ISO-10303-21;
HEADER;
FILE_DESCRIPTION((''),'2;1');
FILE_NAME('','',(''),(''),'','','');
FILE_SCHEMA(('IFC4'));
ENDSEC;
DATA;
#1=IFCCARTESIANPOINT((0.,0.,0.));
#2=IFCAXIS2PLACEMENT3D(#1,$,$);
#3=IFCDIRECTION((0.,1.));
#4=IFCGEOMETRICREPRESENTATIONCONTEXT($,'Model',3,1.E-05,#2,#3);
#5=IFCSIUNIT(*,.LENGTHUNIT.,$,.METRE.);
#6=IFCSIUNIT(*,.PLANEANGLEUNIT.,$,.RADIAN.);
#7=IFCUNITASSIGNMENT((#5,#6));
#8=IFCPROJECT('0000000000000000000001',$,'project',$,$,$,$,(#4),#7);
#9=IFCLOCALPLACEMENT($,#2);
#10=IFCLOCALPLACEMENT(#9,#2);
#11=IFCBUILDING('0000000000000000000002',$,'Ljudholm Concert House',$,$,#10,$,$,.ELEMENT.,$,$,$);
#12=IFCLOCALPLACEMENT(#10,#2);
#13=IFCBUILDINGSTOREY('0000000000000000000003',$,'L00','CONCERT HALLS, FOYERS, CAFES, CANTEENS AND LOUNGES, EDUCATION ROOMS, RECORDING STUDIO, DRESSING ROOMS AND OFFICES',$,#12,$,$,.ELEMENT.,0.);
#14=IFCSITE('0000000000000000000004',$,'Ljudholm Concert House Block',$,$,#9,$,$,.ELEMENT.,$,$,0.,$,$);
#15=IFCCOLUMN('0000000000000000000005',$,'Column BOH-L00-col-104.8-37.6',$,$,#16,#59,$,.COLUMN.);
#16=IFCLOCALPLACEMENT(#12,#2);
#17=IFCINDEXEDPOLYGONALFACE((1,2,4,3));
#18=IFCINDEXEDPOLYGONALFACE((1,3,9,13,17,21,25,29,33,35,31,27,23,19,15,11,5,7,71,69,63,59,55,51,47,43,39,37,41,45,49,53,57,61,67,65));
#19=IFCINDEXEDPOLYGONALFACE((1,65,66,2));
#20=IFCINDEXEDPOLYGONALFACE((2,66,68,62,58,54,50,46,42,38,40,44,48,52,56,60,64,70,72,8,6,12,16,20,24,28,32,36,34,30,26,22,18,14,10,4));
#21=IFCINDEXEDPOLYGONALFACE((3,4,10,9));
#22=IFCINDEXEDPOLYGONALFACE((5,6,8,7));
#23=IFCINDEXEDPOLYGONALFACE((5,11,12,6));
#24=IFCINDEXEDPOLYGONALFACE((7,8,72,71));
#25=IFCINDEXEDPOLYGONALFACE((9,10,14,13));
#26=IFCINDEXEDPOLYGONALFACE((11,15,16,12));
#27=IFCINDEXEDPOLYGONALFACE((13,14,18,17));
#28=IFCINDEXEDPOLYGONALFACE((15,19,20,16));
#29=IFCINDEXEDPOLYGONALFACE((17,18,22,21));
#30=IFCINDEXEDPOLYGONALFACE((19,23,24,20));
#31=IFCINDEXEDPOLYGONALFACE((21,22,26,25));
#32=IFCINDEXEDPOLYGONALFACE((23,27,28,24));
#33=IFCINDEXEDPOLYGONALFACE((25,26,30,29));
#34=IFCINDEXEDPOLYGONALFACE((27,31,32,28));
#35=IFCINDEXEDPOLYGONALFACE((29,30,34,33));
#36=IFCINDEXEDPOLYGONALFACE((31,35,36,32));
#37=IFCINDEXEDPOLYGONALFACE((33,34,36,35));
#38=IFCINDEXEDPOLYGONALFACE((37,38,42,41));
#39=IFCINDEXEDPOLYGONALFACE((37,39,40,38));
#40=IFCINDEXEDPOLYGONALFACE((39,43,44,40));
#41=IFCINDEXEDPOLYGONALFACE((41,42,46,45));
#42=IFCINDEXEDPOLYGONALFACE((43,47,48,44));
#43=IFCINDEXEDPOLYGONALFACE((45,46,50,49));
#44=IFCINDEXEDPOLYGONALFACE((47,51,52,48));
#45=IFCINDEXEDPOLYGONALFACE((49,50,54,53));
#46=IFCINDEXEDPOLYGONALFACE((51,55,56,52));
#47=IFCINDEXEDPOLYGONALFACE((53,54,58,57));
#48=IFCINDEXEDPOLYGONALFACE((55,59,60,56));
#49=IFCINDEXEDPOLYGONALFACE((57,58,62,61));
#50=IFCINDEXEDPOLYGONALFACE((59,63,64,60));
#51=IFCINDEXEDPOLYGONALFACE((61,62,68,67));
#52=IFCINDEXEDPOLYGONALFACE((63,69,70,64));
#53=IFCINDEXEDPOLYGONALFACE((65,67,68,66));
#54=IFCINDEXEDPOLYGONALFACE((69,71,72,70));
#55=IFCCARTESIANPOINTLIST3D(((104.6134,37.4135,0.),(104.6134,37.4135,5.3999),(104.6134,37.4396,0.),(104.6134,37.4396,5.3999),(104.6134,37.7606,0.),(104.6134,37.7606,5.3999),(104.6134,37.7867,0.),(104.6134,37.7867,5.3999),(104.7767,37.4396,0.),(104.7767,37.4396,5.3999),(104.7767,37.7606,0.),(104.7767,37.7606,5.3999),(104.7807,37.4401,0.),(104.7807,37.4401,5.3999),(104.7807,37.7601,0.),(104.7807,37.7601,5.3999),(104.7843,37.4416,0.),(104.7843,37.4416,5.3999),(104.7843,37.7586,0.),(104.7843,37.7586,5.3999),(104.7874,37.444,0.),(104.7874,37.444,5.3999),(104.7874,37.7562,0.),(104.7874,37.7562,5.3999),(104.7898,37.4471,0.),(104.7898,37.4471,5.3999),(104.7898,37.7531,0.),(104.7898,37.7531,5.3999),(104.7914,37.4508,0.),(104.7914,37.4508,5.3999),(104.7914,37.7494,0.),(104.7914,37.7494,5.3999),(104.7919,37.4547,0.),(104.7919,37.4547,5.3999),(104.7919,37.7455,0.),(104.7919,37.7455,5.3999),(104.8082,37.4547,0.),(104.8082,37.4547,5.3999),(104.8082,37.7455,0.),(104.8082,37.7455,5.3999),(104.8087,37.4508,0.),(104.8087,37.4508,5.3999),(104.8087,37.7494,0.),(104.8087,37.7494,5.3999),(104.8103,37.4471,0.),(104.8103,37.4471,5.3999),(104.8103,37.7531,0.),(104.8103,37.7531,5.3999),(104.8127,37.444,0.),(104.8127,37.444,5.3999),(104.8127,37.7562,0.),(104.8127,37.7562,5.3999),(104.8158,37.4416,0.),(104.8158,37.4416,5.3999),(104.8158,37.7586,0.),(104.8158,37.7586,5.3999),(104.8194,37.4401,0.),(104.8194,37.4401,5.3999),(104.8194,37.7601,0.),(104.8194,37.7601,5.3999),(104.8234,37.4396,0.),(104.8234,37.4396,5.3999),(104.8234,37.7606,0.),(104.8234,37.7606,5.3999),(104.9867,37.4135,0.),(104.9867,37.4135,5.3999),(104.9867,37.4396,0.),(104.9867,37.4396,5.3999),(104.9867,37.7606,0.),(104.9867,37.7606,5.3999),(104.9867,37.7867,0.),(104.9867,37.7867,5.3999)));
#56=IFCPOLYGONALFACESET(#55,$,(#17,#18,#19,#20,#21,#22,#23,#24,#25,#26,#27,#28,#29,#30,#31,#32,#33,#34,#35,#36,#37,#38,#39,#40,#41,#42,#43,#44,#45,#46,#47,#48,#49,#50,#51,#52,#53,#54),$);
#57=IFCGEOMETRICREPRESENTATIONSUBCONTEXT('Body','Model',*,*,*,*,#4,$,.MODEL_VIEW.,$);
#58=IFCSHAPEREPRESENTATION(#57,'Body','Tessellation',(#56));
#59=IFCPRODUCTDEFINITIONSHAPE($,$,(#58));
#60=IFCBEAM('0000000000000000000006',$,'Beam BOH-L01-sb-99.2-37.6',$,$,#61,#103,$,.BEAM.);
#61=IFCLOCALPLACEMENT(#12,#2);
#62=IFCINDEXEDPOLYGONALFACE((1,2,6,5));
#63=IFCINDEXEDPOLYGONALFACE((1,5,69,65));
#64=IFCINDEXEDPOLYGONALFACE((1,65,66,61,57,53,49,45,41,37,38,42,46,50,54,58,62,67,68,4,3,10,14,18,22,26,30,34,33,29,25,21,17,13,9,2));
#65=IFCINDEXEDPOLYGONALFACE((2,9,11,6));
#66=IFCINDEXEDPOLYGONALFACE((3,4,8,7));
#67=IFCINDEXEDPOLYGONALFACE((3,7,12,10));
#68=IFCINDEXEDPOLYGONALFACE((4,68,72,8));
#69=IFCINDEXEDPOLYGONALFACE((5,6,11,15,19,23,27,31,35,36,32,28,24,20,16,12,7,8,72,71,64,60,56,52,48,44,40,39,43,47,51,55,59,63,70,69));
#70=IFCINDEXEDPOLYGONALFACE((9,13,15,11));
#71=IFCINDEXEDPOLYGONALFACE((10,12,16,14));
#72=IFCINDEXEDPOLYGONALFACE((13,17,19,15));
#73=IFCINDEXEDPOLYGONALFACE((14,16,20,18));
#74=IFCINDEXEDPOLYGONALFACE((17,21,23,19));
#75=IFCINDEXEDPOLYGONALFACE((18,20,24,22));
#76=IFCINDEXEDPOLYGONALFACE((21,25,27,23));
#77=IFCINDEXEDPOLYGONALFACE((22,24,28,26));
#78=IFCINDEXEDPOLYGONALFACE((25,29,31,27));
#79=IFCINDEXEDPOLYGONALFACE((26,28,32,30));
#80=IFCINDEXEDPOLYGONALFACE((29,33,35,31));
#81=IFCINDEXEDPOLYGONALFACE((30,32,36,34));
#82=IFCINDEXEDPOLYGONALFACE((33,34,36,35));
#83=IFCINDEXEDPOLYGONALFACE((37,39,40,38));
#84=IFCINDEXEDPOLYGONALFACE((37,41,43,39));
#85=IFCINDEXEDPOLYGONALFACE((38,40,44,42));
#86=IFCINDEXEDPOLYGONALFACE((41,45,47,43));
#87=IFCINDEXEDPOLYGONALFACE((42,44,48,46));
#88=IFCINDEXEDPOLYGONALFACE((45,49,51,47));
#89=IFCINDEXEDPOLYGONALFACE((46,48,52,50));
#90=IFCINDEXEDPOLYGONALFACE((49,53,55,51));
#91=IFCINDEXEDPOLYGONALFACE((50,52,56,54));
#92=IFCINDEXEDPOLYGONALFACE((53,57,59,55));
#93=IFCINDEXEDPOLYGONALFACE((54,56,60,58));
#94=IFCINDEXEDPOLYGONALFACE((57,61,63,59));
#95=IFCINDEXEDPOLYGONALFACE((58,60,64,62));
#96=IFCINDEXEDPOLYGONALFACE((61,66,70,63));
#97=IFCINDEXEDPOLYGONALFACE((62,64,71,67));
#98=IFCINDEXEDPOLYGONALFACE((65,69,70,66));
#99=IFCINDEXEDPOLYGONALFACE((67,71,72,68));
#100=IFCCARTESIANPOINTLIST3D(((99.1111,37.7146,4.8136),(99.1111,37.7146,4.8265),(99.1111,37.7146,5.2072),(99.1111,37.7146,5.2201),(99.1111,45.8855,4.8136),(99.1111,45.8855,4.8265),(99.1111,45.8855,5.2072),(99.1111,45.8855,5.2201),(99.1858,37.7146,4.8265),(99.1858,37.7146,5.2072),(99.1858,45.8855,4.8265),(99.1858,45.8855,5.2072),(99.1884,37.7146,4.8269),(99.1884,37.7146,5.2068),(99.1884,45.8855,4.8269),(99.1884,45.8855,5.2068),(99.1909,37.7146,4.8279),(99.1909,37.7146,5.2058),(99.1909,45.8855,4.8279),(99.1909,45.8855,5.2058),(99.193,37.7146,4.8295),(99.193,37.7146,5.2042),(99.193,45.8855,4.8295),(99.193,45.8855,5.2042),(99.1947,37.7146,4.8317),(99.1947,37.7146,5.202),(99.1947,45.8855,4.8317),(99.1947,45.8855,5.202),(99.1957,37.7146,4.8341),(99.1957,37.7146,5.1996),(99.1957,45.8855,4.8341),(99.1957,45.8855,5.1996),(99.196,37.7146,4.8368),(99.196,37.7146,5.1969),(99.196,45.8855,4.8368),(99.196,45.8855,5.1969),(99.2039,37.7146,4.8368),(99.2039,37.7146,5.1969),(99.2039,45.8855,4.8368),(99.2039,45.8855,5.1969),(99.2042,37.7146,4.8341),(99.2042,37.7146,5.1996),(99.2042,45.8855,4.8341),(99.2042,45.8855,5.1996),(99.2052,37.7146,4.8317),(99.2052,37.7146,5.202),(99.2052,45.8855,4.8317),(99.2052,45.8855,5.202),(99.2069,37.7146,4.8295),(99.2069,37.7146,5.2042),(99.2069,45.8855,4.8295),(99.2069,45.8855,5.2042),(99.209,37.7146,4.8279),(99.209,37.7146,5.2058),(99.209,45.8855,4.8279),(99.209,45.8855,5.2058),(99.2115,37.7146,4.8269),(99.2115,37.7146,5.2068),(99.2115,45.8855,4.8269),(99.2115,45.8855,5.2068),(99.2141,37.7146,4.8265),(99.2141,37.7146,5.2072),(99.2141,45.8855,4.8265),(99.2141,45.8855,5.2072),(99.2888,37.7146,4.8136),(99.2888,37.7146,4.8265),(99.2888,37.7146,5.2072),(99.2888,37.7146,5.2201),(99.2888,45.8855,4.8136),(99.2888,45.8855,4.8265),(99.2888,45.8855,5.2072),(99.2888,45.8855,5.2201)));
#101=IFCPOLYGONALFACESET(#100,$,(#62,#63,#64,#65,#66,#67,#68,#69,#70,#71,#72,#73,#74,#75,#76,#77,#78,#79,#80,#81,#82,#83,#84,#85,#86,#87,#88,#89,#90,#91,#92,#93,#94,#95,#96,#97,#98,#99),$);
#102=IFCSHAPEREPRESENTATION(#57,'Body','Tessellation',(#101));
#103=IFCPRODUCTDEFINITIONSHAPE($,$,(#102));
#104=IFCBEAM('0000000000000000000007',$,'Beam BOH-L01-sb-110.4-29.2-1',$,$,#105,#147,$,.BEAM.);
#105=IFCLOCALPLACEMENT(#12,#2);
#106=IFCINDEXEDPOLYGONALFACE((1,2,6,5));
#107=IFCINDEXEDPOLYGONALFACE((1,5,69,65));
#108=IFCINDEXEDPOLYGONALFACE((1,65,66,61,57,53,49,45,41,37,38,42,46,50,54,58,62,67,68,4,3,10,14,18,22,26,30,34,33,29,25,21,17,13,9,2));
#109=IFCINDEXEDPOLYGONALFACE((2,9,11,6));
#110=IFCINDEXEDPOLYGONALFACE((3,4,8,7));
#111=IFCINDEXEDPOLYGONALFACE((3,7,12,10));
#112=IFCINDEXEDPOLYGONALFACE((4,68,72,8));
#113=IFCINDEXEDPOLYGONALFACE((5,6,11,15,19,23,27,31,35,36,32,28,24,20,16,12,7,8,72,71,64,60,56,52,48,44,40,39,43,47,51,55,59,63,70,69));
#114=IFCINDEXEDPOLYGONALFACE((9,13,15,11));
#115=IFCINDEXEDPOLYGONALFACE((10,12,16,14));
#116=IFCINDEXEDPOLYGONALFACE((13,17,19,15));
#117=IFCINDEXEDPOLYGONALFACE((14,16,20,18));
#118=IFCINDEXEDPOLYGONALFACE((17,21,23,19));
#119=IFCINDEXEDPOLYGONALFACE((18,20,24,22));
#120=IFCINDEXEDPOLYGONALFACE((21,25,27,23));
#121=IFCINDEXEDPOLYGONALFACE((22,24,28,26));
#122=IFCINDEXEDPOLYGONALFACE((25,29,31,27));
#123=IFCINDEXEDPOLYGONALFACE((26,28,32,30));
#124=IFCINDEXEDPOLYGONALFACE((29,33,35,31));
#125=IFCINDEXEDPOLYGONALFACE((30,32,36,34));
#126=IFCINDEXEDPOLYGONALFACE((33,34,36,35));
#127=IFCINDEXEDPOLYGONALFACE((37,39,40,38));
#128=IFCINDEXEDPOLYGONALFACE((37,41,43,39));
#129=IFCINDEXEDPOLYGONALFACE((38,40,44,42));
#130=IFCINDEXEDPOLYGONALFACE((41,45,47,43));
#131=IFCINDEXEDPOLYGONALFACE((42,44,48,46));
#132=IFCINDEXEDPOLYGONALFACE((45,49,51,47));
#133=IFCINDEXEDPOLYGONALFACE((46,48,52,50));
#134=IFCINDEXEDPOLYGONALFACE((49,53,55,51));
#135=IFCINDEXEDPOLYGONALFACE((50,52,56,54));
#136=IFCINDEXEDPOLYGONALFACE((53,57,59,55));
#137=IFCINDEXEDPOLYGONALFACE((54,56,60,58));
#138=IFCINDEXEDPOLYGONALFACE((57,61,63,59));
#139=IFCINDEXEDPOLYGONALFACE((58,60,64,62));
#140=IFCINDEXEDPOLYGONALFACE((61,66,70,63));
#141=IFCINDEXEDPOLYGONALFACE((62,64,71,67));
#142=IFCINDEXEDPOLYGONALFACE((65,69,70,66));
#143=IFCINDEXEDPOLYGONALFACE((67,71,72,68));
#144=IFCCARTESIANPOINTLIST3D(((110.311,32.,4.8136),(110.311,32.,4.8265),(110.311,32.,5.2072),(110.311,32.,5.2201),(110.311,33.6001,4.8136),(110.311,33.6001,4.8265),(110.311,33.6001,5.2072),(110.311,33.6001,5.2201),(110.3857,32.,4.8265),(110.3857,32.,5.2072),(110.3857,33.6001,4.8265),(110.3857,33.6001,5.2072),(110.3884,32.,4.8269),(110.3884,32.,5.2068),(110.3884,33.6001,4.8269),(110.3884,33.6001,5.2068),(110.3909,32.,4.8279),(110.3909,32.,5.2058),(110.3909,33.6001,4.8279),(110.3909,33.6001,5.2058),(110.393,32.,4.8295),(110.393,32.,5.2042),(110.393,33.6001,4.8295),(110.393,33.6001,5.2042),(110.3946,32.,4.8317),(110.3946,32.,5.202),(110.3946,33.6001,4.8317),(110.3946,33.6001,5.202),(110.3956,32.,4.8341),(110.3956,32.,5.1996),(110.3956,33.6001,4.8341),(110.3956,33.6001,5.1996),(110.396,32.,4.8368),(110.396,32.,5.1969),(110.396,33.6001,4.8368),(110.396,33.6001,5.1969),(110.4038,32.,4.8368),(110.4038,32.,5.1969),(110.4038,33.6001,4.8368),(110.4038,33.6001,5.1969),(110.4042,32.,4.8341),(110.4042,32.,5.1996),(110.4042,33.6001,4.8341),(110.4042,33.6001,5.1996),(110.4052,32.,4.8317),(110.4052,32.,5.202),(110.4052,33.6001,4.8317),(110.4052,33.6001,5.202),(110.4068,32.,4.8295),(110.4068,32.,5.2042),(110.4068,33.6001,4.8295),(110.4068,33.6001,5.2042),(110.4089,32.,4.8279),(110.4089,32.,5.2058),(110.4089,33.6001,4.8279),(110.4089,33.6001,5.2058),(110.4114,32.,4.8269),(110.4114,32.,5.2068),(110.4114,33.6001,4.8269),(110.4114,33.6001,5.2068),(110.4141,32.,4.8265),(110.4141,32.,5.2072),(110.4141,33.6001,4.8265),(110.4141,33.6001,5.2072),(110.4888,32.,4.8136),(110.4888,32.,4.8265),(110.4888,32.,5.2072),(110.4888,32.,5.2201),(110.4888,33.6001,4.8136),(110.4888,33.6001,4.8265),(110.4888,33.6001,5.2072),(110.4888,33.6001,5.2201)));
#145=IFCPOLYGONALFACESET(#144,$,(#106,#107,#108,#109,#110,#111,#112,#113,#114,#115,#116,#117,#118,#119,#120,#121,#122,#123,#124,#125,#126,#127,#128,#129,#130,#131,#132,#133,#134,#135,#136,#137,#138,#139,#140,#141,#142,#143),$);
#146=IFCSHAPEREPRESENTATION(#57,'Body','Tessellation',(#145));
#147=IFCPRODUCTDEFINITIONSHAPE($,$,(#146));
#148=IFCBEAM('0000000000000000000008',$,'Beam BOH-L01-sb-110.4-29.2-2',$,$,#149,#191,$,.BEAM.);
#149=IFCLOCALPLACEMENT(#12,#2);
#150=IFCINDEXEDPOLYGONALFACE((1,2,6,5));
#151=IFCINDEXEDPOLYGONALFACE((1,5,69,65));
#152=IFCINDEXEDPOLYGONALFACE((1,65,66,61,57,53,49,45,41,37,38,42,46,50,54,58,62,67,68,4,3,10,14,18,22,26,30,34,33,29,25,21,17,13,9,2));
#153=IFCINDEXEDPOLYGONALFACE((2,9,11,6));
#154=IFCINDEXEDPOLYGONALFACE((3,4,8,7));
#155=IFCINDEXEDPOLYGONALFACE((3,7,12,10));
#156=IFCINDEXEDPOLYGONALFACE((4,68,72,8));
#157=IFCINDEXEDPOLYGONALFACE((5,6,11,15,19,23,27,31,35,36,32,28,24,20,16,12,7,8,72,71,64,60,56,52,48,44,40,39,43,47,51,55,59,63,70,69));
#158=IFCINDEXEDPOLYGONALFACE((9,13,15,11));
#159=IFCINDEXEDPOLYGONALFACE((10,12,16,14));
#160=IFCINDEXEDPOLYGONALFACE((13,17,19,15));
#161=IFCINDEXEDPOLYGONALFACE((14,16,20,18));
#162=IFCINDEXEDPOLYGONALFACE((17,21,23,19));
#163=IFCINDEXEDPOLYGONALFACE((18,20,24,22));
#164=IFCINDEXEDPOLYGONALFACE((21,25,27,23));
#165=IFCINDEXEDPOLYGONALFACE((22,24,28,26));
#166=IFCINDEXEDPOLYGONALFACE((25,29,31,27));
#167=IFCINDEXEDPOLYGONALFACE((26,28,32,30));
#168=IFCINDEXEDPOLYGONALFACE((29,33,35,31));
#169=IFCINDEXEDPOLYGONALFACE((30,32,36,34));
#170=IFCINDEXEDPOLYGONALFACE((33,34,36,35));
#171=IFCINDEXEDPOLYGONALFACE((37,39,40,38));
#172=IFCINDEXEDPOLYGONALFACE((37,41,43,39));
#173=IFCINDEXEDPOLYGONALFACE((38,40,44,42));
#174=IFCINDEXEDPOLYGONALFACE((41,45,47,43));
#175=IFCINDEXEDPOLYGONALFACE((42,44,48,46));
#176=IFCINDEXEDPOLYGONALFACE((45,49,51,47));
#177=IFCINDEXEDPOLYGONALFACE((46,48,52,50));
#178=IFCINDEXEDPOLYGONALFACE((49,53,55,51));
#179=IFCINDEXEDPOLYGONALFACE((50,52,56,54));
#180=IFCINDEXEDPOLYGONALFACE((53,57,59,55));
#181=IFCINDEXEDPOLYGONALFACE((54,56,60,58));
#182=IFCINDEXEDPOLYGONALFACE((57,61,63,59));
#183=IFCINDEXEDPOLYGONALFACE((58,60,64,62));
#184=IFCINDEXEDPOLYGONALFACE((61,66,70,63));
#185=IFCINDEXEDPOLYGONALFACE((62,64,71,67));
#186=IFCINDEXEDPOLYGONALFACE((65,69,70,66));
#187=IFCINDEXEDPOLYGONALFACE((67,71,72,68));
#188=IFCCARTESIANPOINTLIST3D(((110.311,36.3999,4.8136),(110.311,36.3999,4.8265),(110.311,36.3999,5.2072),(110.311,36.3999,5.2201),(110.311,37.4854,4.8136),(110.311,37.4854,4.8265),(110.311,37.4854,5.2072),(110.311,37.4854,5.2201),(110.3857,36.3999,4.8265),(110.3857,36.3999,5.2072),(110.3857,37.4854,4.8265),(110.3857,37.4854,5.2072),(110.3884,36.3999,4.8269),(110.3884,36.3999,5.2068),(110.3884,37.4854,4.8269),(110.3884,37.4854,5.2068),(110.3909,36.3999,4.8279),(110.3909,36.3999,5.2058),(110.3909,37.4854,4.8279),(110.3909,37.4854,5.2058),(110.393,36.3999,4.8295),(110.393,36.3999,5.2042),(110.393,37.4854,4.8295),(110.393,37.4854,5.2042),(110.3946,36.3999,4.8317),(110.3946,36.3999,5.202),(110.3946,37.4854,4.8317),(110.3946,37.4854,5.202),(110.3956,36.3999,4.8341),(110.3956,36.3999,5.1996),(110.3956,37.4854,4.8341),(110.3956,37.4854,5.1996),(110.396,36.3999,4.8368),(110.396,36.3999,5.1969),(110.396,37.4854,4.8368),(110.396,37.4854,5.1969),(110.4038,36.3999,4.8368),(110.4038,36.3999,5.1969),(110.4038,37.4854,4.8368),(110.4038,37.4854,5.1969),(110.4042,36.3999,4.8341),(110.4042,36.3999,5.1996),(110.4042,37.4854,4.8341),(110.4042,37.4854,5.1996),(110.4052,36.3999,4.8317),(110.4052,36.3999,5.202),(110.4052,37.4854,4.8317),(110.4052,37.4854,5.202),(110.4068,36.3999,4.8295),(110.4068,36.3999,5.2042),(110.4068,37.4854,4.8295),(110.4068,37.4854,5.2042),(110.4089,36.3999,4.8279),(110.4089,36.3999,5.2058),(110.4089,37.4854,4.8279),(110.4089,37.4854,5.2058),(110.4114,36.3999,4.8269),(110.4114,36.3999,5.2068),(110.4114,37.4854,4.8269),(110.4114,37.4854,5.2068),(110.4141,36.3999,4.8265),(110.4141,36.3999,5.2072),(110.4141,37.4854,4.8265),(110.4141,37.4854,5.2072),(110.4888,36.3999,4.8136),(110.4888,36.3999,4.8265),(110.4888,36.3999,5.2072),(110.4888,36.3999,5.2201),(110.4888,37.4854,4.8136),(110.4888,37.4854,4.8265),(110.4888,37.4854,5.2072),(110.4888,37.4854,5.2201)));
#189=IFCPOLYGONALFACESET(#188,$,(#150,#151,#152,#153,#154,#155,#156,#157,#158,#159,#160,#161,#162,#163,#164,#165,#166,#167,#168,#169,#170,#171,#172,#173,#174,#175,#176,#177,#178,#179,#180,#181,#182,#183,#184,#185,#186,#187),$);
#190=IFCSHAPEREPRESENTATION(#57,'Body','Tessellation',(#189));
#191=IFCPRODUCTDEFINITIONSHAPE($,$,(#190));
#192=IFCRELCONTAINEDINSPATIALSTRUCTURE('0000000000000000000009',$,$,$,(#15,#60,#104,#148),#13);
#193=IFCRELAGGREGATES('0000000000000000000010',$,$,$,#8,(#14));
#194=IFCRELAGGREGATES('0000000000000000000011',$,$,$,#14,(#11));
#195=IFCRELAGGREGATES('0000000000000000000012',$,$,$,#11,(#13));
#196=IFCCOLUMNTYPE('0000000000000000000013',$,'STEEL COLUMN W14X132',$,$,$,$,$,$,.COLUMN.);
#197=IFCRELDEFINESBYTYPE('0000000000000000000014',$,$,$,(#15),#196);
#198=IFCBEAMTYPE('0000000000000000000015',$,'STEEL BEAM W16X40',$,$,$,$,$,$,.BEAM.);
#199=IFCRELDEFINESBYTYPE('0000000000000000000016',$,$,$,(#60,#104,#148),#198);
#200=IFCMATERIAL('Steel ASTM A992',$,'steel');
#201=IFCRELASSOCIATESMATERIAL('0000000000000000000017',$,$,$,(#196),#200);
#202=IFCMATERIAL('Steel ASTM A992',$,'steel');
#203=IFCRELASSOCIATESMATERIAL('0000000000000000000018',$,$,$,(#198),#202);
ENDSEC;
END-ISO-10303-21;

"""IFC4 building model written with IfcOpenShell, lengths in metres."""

from ifc_helpers import new_model, si_unit, direction, frame, origin, origin_2d, place, context, subcontext, project, spatial, i_section, extrude, material, material_profile, profile_set, type_object, element, save


model = new_model("IFC4")

# Units and contexts
model_context = context("Model", 3, precision=1e-05, world=origin(), true_north=direction((0.0, 1.0)))
body_context = subcontext(model_context, "Body", "Model", "MODEL_VIEW")
ifc_project = project(units=[si_unit("LENGTHUNIT", "METRE"), si_unit("PLANEANGLEUNIT", "RADIAN")], contexts=[model_context])

# Site, building, storey
site_placement = place(None, origin())
site = spatial("IfcSite", under=ifc_project, at=site_placement, Name="Ljudholm Concert House Block", CompositionType="ELEMENT", RefElevation=0.0)
building_placement = place(site_placement, origin())
building = spatial("IfcBuilding", under=site, at=building_placement, Name="Ljudholm Concert House", CompositionType="ELEMENT")
storey_placement = place(building_placement, origin())
storey = spatial("IfcBuildingStorey", under=building, at=storey_placement, Name="L00", Description="CONCERT HALLS, FOYERS, CAFES, CANTEENS AND LOUNGES, EDUCATION ROOMS, RECORDING STUDIO, DRESSING ROOMS AND OFFICES", CompositionType="ELEMENT", Elevation=0.0)

# Column
ifc_material_1 = material(Name="Steel ASTM A992", Category="steel")
ifc_material_profile_1 = material_profile(ifc_material_1, i_section(OverallWidth=0.3733, OverallDepth=0.3733, WebThickness=0.0164, FlangeThickness=0.0261, FilletRadius=0.0151, at=origin_2d()), Name="W14X132")
ifc_profile_set_1 = profile_set([ifc_material_profile_1], Name="Steel ASTM A992")
column_type = type_object("IfcColumnType", Name="STEEL COLUMN W14X132", PredefinedType="COLUMN", material=ifc_profile_set_1)
for number, where, z_axis, x_axis, name in (
    (1, (104.8, 37.6001, 0.0), (0.0, 0.0, 1.0), (1.0, 0.0, 0.0), "Column BOH-L00-col-104.8-37.6"),
):
    element("IfcColumn", number, at=place(storey_placement, frame(where, z_axis=z_axis, x_axis=x_axis)), inside=storey, type_object=column_type, Name=name, PredefinedType="COLUMN", context=body_context, shape_type="SweptSolid", body=[
        extrude(i_section(OverallWidth=0.3733, OverallDepth=0.3733, WebThickness=0.0164, FlangeThickness=0.0261, FilletRadius=0.0151, at=origin_2d()), origin(), (0.0, 0.0, 1.0), 5.3999),
    ])

# Beams
ifc_material_2 = material(Name="Steel ASTM A992", Category="steel")
ifc_material_profile_2 = material_profile(ifc_material_2, i_section(OverallWidth=0.1777, OverallDepth=0.4065, WebThickness=0.0078, FlangeThickness=0.0129, FilletRadius=0.0103, at=origin_2d()), Name="W16X40")
ifc_profile_set_2 = profile_set([ifc_material_profile_2], Name="Steel ASTM A992")
beam_type_1 = type_object("IfcBeamType", Name="STEEL BEAM W16X40", PredefinedType="BEAM", material=ifc_profile_set_2)
beam_1_placement = place(storey_placement, frame((99.2, 37.7146, 5.0168), z_axis=(0.0, 1.0, 0.0), x_axis=(-1.0, 0.0, 0.0)))
element("IfcBeam", 2, at=beam_1_placement, inside=storey, type_object=beam_type_1, Name="Beam BOH-L01-sb-99.2-37.6", PredefinedType="BEAM", context=body_context, shape_type="SweptSolid", body=[
    extrude(i_section(OverallWidth=0.1777, OverallDepth=0.4065, WebThickness=0.0078, FlangeThickness=0.0129, FilletRadius=0.0103, at=origin_2d()), origin(), (0.0, 0.0, 1.0), 8.1709),
])
beam_2_placement = place(storey_placement, frame((110.3999, 32.0, 5.0168), z_axis=(0.0, 1.0, 0.0), x_axis=(-1.0, 0.0, 0.0)))
element("IfcBeam", 3, at=beam_2_placement, inside=storey, type_object=beam_type_1, Name="Beam BOH-L01-sb-110.4-29.2-1", PredefinedType="BEAM", context=body_context, shape_type="SweptSolid", body=[
    extrude(i_section(OverallWidth=0.1777, OverallDepth=0.4065, WebThickness=0.0078, FlangeThickness=0.0129, FilletRadius=0.0103, at=origin_2d()), origin(), (0.0, 0.0, 1.0), 1.6001),
])
beam_3_placement = place(storey_placement, frame((110.3999, 36.3999, 5.0168), z_axis=(0.0, 1.0, 0.0), x_axis=(-1.0, 0.0, 0.0)))
element("IfcBeam", 4, at=beam_3_placement, inside=storey, type_object=beam_type_1, Name="Beam BOH-L01-sb-110.4-29.2-2", PredefinedType="BEAM", context=body_context, shape_type="SweptSolid", body=[
    extrude(i_section(OverallWidth=0.1777, OverallDepth=0.4065, WebThickness=0.0078, FlangeThickness=0.0129, FilletRadius=0.0103, at=origin_2d()), origin(), (0.0, 0.0, 1.0), 1.0854),
])

save(model, "model.ifc")
